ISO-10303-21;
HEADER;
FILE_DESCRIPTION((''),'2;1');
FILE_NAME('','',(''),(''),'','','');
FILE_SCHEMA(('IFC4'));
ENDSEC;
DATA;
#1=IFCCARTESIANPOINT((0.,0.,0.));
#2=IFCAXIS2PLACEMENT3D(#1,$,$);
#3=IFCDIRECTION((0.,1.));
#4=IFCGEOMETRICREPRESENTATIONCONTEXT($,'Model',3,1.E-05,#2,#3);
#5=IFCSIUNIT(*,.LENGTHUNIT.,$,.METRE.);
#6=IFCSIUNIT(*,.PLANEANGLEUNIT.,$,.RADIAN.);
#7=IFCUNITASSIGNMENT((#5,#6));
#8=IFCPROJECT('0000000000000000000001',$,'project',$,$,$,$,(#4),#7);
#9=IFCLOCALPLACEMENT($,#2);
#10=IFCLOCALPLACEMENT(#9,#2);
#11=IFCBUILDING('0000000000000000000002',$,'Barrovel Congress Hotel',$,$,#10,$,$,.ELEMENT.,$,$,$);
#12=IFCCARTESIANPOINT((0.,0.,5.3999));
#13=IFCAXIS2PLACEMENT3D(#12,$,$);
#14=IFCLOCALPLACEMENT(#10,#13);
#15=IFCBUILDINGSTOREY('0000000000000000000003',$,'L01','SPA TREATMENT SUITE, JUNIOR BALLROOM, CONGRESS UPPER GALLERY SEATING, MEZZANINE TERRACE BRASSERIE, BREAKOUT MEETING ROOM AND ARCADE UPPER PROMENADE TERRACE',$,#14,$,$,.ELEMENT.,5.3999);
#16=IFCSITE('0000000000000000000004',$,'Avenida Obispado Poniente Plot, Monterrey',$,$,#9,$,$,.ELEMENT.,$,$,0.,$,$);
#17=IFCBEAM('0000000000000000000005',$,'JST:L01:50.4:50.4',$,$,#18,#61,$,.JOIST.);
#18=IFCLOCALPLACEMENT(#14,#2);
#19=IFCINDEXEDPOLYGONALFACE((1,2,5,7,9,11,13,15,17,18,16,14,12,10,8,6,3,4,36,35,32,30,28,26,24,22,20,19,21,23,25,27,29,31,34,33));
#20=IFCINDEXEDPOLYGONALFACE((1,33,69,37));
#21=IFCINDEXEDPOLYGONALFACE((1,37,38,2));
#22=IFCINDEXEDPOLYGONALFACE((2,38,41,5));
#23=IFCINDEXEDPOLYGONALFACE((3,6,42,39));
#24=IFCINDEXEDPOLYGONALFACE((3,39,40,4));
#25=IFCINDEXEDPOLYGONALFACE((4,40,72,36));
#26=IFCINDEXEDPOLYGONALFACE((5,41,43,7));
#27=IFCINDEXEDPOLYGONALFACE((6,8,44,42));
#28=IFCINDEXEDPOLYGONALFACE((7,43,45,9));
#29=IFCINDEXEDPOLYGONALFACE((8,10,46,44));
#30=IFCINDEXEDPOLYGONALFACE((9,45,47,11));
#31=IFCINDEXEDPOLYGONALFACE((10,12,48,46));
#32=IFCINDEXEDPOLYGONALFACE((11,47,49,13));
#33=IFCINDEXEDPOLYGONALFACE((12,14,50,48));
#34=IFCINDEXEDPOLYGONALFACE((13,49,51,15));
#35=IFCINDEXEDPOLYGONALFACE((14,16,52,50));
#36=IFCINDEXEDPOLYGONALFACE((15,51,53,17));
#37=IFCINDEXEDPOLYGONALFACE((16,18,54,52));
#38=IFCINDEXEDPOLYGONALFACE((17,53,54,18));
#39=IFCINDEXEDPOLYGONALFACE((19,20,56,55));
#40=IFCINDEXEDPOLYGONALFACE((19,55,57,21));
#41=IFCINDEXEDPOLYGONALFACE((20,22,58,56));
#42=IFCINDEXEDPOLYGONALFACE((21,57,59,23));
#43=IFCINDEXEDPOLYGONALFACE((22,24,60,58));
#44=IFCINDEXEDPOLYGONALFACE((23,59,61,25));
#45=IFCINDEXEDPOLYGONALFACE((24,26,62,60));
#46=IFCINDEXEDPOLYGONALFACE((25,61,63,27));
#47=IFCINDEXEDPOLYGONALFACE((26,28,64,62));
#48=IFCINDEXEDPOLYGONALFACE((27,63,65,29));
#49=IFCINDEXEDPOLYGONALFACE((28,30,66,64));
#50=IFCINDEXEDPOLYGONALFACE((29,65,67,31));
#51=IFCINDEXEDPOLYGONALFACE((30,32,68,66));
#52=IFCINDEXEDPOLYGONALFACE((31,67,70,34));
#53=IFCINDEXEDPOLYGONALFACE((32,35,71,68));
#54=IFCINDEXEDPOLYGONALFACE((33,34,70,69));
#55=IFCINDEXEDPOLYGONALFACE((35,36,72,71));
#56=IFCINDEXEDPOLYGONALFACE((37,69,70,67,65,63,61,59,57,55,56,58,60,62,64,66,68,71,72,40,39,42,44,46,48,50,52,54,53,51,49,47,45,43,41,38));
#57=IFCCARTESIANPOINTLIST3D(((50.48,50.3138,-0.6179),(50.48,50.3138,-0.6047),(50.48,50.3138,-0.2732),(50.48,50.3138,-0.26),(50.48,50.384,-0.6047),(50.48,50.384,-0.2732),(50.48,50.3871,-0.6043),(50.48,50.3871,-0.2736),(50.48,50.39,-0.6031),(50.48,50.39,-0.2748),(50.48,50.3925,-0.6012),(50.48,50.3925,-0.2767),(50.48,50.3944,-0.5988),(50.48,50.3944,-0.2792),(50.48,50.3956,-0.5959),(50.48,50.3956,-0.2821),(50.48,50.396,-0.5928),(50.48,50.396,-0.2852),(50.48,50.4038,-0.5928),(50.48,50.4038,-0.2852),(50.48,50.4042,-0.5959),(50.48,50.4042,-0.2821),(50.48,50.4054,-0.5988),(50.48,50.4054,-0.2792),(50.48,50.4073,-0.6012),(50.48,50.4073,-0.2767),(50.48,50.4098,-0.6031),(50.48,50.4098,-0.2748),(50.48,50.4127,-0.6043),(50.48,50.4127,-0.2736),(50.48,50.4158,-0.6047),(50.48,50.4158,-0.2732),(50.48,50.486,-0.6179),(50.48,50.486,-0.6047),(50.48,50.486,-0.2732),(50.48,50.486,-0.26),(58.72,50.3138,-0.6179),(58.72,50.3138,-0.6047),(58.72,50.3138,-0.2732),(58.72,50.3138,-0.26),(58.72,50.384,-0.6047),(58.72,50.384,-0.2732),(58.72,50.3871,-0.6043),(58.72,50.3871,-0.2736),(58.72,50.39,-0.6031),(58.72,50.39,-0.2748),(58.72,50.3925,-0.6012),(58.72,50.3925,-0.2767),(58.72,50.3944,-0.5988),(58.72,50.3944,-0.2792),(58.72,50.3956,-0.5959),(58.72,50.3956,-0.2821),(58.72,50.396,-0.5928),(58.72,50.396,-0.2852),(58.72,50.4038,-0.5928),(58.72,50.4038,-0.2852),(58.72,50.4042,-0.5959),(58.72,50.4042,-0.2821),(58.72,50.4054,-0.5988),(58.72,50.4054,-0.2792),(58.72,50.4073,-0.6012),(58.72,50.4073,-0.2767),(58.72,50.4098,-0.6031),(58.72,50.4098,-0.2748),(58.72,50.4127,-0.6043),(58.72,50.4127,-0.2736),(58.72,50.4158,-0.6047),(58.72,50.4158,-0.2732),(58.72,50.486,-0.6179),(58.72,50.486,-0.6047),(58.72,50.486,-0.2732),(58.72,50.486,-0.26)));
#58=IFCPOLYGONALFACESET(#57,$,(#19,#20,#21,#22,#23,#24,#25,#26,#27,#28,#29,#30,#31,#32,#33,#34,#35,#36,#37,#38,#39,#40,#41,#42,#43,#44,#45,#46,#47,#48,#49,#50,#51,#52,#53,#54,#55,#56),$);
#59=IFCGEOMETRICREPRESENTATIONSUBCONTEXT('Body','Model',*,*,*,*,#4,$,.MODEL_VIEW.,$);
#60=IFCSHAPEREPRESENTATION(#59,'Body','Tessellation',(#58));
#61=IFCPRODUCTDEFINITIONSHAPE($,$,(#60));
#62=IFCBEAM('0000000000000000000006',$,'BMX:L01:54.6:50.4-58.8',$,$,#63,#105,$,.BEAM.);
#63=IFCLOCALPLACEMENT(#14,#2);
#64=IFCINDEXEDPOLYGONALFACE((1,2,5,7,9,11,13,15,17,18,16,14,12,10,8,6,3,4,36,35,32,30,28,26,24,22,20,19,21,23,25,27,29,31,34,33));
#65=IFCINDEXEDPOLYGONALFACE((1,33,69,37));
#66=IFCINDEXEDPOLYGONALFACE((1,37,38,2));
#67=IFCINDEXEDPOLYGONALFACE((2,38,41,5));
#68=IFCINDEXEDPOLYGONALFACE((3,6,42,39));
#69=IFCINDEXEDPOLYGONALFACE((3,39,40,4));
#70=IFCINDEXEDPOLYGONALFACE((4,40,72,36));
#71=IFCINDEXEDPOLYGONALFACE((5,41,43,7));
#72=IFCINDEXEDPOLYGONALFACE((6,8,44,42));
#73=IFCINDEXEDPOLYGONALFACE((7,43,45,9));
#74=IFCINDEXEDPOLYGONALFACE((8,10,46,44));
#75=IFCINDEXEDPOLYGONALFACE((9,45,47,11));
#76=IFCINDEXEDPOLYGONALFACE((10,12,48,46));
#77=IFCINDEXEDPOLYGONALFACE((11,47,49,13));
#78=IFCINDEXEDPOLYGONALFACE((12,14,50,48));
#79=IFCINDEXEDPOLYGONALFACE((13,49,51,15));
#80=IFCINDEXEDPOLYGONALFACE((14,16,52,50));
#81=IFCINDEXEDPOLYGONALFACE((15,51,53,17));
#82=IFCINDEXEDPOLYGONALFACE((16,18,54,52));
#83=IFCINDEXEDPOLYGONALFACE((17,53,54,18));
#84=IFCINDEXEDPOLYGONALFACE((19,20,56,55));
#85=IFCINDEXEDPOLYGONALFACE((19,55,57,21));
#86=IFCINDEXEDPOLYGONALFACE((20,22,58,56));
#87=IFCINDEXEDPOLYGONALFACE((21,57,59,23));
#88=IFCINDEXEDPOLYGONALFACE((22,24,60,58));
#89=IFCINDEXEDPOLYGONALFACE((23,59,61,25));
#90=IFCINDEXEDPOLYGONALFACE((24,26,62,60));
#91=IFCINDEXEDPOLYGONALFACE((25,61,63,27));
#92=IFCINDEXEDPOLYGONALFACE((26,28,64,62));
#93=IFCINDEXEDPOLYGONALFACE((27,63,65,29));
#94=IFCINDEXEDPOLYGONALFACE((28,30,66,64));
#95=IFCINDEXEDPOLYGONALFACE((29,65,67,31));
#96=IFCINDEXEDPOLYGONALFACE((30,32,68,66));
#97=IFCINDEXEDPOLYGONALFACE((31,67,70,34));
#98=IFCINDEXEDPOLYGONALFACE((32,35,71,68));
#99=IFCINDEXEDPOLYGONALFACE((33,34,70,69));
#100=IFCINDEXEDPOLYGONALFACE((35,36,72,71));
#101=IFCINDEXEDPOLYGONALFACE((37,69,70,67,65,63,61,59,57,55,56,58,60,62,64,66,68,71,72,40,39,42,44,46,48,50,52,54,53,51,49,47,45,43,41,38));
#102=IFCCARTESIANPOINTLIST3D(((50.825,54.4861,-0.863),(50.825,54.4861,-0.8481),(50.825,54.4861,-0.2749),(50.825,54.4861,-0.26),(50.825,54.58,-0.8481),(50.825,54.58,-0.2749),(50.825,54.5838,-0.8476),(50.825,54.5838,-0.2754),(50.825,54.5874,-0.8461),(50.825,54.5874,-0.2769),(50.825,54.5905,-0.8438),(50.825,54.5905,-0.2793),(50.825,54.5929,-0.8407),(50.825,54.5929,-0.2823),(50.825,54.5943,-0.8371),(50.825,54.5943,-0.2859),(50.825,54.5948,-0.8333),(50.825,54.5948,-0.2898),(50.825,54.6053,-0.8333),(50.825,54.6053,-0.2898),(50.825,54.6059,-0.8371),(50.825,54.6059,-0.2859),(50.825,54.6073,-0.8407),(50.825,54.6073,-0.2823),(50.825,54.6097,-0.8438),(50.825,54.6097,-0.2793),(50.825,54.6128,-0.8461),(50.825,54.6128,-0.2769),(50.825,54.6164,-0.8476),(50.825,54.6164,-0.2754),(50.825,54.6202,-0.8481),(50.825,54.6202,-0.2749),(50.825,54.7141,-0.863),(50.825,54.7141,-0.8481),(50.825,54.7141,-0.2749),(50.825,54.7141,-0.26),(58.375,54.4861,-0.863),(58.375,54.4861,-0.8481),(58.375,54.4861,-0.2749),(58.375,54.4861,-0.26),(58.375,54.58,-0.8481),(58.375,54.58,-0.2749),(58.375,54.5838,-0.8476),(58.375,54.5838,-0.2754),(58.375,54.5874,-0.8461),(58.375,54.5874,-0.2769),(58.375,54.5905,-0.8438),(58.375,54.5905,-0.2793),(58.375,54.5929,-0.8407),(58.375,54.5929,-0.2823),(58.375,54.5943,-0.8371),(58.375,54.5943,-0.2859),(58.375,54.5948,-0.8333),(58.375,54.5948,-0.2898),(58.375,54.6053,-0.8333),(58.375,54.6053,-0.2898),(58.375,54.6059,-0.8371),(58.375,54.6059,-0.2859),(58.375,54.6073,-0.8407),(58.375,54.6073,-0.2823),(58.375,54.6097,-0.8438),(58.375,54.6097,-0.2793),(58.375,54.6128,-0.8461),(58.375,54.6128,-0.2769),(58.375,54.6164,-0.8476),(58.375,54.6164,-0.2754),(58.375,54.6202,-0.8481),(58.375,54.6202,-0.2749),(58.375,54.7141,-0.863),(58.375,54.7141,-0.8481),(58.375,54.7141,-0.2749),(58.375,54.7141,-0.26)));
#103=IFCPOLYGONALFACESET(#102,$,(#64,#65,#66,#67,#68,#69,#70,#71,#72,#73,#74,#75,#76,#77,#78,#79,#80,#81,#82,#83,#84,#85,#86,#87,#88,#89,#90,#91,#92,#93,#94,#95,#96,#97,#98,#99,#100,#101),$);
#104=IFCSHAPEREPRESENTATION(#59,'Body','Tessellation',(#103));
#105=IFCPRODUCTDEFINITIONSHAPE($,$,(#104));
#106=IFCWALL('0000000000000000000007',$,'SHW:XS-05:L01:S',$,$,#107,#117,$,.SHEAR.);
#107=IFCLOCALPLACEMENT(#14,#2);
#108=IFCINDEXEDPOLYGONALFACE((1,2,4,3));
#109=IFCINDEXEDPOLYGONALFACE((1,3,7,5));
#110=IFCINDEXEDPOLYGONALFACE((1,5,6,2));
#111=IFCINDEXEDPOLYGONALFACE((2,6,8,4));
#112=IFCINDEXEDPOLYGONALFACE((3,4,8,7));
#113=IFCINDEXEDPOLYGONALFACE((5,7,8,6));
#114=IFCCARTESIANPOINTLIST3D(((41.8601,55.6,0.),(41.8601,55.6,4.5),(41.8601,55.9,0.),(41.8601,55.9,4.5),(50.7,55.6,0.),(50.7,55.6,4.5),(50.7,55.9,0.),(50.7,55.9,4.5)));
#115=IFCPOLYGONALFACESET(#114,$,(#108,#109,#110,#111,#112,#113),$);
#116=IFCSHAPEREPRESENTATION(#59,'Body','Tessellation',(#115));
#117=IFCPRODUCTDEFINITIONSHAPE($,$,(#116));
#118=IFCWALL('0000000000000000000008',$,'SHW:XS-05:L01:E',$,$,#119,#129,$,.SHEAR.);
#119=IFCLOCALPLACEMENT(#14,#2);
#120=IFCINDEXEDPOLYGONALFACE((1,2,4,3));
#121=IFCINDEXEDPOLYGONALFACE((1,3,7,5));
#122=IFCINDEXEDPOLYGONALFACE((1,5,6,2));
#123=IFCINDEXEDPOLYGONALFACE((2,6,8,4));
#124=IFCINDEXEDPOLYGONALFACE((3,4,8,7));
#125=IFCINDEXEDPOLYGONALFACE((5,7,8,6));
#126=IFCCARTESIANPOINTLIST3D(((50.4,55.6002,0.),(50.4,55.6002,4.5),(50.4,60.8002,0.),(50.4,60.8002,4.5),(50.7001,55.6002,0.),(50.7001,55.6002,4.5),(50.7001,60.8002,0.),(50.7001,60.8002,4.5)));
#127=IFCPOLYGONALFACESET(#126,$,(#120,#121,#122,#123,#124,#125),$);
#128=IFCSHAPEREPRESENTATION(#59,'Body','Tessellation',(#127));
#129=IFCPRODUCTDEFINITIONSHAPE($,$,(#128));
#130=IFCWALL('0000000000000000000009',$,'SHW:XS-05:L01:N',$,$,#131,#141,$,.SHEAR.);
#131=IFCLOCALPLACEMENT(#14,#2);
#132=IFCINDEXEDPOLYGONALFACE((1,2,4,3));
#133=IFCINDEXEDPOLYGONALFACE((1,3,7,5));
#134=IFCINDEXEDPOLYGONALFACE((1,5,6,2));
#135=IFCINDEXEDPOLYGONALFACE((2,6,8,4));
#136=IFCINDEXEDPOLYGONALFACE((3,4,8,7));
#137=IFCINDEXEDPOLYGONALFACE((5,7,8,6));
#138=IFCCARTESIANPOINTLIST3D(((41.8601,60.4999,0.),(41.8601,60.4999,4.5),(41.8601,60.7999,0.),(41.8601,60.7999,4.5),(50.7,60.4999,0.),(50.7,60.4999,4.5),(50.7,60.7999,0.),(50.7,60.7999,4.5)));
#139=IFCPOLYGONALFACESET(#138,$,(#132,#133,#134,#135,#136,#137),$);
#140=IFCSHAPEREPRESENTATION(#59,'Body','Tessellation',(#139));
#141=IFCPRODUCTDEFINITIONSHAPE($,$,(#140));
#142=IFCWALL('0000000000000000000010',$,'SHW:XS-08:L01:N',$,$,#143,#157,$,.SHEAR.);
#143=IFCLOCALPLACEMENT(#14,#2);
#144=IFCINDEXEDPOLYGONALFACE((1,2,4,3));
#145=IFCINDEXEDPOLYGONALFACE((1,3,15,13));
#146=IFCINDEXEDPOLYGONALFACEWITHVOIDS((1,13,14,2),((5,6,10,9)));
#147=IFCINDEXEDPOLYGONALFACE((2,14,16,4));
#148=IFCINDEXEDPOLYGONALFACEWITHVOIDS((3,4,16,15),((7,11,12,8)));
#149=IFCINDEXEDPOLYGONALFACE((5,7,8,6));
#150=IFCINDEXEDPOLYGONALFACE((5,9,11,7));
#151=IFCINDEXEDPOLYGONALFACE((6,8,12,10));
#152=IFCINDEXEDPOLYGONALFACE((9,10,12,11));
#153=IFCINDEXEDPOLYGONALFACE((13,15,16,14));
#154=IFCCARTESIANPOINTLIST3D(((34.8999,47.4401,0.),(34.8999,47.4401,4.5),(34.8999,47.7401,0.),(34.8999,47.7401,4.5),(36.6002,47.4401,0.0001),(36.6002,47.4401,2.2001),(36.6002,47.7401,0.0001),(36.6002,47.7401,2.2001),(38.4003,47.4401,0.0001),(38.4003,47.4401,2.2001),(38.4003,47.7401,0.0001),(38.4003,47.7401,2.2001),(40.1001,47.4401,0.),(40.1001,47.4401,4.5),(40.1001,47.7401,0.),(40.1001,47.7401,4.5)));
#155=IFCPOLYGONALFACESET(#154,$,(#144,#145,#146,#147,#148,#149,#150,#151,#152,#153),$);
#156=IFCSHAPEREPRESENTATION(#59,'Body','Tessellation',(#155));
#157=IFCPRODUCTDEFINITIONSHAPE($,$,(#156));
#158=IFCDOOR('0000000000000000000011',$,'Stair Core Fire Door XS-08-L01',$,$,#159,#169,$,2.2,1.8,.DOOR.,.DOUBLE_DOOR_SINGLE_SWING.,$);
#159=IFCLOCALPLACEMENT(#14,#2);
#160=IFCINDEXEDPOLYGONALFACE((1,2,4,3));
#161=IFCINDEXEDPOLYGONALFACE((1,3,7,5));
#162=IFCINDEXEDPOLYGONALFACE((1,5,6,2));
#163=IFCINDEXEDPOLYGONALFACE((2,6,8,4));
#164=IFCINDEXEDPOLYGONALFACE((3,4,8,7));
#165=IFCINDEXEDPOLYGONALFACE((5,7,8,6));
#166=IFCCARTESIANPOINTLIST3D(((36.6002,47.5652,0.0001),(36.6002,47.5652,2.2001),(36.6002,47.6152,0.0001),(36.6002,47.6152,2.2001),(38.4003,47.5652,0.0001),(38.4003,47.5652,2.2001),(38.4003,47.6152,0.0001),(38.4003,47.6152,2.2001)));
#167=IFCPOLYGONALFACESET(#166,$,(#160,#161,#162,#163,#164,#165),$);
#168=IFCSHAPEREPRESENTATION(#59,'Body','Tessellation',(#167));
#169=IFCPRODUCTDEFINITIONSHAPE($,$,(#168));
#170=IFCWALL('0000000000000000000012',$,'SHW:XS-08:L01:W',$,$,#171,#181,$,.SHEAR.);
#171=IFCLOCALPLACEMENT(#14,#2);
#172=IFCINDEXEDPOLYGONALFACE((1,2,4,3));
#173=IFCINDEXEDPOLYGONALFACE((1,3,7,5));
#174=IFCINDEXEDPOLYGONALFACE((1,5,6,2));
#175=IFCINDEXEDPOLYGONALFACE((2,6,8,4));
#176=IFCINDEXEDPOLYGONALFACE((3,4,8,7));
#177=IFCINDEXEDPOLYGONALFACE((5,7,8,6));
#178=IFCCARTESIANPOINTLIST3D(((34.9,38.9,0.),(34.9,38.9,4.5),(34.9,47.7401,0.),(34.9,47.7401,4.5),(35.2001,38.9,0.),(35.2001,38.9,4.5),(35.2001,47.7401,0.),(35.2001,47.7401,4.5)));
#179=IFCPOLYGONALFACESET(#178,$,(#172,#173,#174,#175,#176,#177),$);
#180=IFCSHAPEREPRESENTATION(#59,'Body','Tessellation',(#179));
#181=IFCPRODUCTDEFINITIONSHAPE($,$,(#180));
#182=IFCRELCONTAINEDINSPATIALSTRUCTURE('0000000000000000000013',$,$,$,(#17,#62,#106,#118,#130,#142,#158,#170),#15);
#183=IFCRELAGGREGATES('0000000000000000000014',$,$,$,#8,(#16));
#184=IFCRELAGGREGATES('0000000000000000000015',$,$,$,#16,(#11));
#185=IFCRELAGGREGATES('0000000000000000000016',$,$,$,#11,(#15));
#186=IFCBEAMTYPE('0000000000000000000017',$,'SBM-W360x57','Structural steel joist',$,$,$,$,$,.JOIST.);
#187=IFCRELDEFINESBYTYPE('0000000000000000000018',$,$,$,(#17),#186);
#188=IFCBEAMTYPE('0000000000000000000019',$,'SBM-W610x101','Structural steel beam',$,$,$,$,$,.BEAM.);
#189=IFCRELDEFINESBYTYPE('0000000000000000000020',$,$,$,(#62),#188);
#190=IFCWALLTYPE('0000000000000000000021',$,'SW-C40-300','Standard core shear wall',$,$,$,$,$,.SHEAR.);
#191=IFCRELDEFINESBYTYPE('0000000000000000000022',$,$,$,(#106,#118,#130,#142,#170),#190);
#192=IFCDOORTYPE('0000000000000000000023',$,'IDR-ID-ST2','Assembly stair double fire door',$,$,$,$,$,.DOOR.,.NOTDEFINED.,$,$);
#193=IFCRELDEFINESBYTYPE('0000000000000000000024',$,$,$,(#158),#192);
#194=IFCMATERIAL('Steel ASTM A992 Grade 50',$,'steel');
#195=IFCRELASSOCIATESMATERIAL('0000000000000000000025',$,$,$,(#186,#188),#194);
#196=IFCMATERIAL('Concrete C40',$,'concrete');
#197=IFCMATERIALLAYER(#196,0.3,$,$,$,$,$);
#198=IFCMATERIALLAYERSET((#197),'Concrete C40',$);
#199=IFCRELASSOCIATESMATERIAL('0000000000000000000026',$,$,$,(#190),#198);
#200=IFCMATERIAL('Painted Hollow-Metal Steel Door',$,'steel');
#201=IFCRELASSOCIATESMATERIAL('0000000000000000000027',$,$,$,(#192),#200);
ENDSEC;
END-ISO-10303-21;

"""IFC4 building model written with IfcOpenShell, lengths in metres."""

from ifc_helpers import new_model, si_unit, direction, frame, frame_2d, origin, origin_2d, place, context, subcontext, project, spatial, rectangle, i_section, extrude, material, layer, layer_set, material_profile, profile_set, type_object, element, fill, save


model = new_model("IFC4")

# Units and contexts
model_context = context("Model", 3, precision=1e-05, world=origin(), true_north=direction((0.0, 1.0)))
body_context = subcontext(model_context, "Body", "Model", "MODEL_VIEW")
ifc_project = project(units=[si_unit("LENGTHUNIT", "METRE"), si_unit("PLANEANGLEUNIT", "RADIAN")], contexts=[model_context])

# Site, building, storey
site_placement = place(None, origin())
site = spatial("IfcSite", under=ifc_project, at=site_placement, Name="Avenida Obispado Poniente Plot, Monterrey", CompositionType="ELEMENT", RefElevation=0.0)
building_placement = place(site_placement, origin())
building = spatial("IfcBuilding", under=site, at=building_placement, Name="Barrovel Congress Hotel", CompositionType="ELEMENT")
storey_placement = place(building_placement, frame((0.0, 0.0, 5.3999)))
storey = spatial("IfcBuildingStorey", under=building, at=storey_placement, Name="L01", Description="SPA TREATMENT SUITE, JUNIOR BALLROOM, CONGRESS UPPER GALLERY SEATING, MEZZANINE TERRACE BRASSERIE, BREAKOUT MEETING ROOM AND ARCADE UPPER PROMENADE TERRACE", CompositionType="ELEMENT", Elevation=5.3999)

# Shared definitions
ifc_material_1 = material(Name="Concrete C40", Category="concrete")

# Beams
ifc_material_2 = material(Name="Steel ASTM A992 Grade 50", Category="steel")
ifc_material_profile_1 = material_profile(ifc_material_2, i_section(OverallWidth=0.1721, OverallDepth=0.3579, WebThickness=0.0078, FlangeThickness=0.0132, FilletRadius=0.012, at=origin_2d()), Name="W360x57")
ifc_profile_set_1 = profile_set([ifc_material_profile_1], Name="Steel ASTM A992 Grade 50")
beam_type_1 = type_object("IfcBeamType", Name="SBM-W360x57", Description="Structural steel joist", PredefinedType="JOIST", material=ifc_profile_set_1)
beam_1_placement = place(storey_placement, frame((50.48, 50.3999, -0.439), z_axis=(1.0, 0.0, 0.0), x_axis=(0.0, 1.0, 0.0)))
element("IfcBeam", 1, at=beam_1_placement, inside=storey, type_object=beam_type_1, Name="JST:L01:50.4:50.4", PredefinedType="JOIST", context=body_context, shape_type="SweptSolid", body=[
    extrude(i_section(OverallWidth=0.1721, OverallDepth=0.3579, WebThickness=0.0078, FlangeThickness=0.0132, FilletRadius=0.012, at=origin_2d()), origin(), (0.0, 0.0, 1.0), 8.24),
])
ifc_material_profile_2 = material_profile(ifc_material_2, i_section(OverallWidth=0.228, OverallDepth=0.603, WebThickness=0.0105, FlangeThickness=0.0149, FilletRadius=0.0149, at=origin_2d()), Name="W610x101")
ifc_profile_set_2 = profile_set([ifc_material_profile_2], Name="Steel ASTM A992 Grade 50")
beam_type_2 = type_object("IfcBeamType", Name="SBM-W610x101", Description="Structural steel beam", PredefinedType="BEAM", material=ifc_profile_set_2)
beam_2_placement = place(storey_placement, frame((50.825, 54.6001, -0.5615), z_axis=(1.0, 0.0, 0.0), x_axis=(0.0, 1.0, 0.0)))
element("IfcBeam", 2, at=beam_2_placement, inside=storey, type_object=beam_type_2, Name="BMX:L01:54.6:50.4-58.8", PredefinedType="BEAM", context=body_context, shape_type="SweptSolid", body=[
    extrude(i_section(OverallWidth=0.228, OverallDepth=0.603, WebThickness=0.0105, FlangeThickness=0.0149, FilletRadius=0.0149, at=origin_2d()), origin(), (0.0, 0.0, 1.0), 7.55),
])

# Walls
ifc_layer_1 = layer(ifc_material_1, 0.3)
ifc_layer_set_1 = layer_set([ifc_layer_1], Name="Concrete C40")
wall_type = type_object("IfcWallType", Name="SW-C40-300", Description="Standard core shear wall", PredefinedType="SHEAR", material=ifc_layer_set_1)
wall_1_placement = place(storey_placement, frame((41.8601, 55.75, 0.0), z_axis=(0.0, 0.0, 1.0), x_axis=(1.0, 0.0, 0.0)))
element("IfcWall", 3, at=wall_1_placement, inside=storey, type_object=wall_type, Name="SHW:XS-05:L01:S", PredefinedType="SHEAR", context=body_context, shape_type="SweptSolid", body=[
    extrude(rectangle(XDim=8.8398, YDim=0.3, at=frame_2d((4.4199, 0.0))), origin(), (0.0, 0.0, 1.0), 4.5),
])
wall_2_placement = place(storey_placement, frame((50.55, 55.6001, 0.0), z_axis=(0.0, 0.0, 1.0), x_axis=(0.0, 1.0, 0.0)))
element("IfcWall", 4, at=wall_2_placement, inside=storey, type_object=wall_type, Name="SHW:XS-05:L01:E", PredefinedType="SHEAR", context=body_context, shape_type="SweptSolid", body=[
    extrude(rectangle(XDim=5.2, YDim=0.3, at=frame_2d((2.6001, 0.0))), origin(), (0.0, 0.0, 1.0), 4.5),
])
wall_3_placement = place(storey_placement, frame((50.7, 60.6499, 0.0), z_axis=(0.0, 0.0, 1.0), x_axis=(-1.0, 0.0, 0.0)))
element("IfcWall", 5, at=wall_3_placement, inside=storey, type_object=wall_type, Name="SHW:XS-05:L01:N", PredefinedType="SHEAR", context=body_context, shape_type="SweptSolid", body=[
    extrude(rectangle(XDim=8.8398, YDim=0.3, at=frame_2d((4.4199, 0.0))), origin(), (0.0, 0.0, 1.0), 4.5),
])

# Wall, opening, door
ifc_material_3 = material(Name="Painted Hollow-Metal Steel Door", Category="steel")
wall_4_placement = place(storey_placement, frame((40.1001, 47.5901, 0.0), z_axis=(0.0, 0.0, 1.0), x_axis=(-1.0, 0.0, 0.0)))
wall_4 = element("IfcWall", 6, at=wall_4_placement, inside=storey, type_object=wall_type, Name="SHW:XS-08:L01:N", PredefinedType="SHEAR", context=body_context, shape_type="SweptSolid", body=[
    extrude(rectangle(XDim=5.2002, YDim=0.3, at=frame_2d((2.6001, 0.0))), origin(), (0.0, 0.0, 1.0), 4.5),
])
opening_1_placement = place(wall_4_placement, frame((1.7, 0.0, 0.0)))
opening_1 = element("IfcOpeningElement", 7, at=opening_1_placement, cuts=wall_4, PredefinedType="OPENING", context=body_context, shape_type="SweptSolid", body=[
    extrude(rectangle(XDim=1.8, YDim=2.2, at=frame_2d((0.8999, 1.1001))), frame((0.0, 0.1602, 0.0), z_axis=(0.0, -1.0, 0.0), x_axis=(1.0, 0.0, 0.0)), (0.0, 0.0, 1.0), 0.3201),
])
door_type_1 = type_object("IfcDoorType", Name="IDR-ID-ST2", Description="Assembly stair double fire door", OperationType="NOTDEFINED", PredefinedType="DOOR", material=ifc_material_3)
door_1_placement = place(opening_1_placement, origin())
door_1 = element("IfcDoor", 8, at=door_1_placement, inside=storey, type_object=door_type_1, Name="Stair Core Fire Door XS-08-L01", OperationType="DOUBLE_DOOR_SINGLE_SWING", OverallHeight=2.2, OverallWidth=1.8, PredefinedType="DOOR", context=body_context, shape_type="SweptSolid", body=[
    extrude(rectangle(XDim=1.8, YDim=2.2, at=frame_2d((0.8999, 1.1001))), frame((0.0, 0.0249, 0.0), z_axis=(0.0, -1.0, 0.0), x_axis=(1.0, 0.0, 0.0)), (0.0, 0.0, 1.0), 0.05),
])
fill(opening_1, door_1)

# Wall
wall_5_placement = place(storey_placement, frame((35.05, 47.74, 0.0), z_axis=(0.0, 0.0, 1.0), x_axis=(0.0, -1.0, 0.0)))
element("IfcWall", 9, at=wall_5_placement, inside=storey, type_object=wall_type, Name="SHW:XS-08:L01:W", PredefinedType="SHEAR", context=body_context, shape_type="SweptSolid", body=[
    extrude(rectangle(XDim=8.8401, YDim=0.3, at=frame_2d((4.4199, 0.0))), origin(), (0.0, 0.0, 1.0), 4.5),
])

save(model, "model.ifc")
